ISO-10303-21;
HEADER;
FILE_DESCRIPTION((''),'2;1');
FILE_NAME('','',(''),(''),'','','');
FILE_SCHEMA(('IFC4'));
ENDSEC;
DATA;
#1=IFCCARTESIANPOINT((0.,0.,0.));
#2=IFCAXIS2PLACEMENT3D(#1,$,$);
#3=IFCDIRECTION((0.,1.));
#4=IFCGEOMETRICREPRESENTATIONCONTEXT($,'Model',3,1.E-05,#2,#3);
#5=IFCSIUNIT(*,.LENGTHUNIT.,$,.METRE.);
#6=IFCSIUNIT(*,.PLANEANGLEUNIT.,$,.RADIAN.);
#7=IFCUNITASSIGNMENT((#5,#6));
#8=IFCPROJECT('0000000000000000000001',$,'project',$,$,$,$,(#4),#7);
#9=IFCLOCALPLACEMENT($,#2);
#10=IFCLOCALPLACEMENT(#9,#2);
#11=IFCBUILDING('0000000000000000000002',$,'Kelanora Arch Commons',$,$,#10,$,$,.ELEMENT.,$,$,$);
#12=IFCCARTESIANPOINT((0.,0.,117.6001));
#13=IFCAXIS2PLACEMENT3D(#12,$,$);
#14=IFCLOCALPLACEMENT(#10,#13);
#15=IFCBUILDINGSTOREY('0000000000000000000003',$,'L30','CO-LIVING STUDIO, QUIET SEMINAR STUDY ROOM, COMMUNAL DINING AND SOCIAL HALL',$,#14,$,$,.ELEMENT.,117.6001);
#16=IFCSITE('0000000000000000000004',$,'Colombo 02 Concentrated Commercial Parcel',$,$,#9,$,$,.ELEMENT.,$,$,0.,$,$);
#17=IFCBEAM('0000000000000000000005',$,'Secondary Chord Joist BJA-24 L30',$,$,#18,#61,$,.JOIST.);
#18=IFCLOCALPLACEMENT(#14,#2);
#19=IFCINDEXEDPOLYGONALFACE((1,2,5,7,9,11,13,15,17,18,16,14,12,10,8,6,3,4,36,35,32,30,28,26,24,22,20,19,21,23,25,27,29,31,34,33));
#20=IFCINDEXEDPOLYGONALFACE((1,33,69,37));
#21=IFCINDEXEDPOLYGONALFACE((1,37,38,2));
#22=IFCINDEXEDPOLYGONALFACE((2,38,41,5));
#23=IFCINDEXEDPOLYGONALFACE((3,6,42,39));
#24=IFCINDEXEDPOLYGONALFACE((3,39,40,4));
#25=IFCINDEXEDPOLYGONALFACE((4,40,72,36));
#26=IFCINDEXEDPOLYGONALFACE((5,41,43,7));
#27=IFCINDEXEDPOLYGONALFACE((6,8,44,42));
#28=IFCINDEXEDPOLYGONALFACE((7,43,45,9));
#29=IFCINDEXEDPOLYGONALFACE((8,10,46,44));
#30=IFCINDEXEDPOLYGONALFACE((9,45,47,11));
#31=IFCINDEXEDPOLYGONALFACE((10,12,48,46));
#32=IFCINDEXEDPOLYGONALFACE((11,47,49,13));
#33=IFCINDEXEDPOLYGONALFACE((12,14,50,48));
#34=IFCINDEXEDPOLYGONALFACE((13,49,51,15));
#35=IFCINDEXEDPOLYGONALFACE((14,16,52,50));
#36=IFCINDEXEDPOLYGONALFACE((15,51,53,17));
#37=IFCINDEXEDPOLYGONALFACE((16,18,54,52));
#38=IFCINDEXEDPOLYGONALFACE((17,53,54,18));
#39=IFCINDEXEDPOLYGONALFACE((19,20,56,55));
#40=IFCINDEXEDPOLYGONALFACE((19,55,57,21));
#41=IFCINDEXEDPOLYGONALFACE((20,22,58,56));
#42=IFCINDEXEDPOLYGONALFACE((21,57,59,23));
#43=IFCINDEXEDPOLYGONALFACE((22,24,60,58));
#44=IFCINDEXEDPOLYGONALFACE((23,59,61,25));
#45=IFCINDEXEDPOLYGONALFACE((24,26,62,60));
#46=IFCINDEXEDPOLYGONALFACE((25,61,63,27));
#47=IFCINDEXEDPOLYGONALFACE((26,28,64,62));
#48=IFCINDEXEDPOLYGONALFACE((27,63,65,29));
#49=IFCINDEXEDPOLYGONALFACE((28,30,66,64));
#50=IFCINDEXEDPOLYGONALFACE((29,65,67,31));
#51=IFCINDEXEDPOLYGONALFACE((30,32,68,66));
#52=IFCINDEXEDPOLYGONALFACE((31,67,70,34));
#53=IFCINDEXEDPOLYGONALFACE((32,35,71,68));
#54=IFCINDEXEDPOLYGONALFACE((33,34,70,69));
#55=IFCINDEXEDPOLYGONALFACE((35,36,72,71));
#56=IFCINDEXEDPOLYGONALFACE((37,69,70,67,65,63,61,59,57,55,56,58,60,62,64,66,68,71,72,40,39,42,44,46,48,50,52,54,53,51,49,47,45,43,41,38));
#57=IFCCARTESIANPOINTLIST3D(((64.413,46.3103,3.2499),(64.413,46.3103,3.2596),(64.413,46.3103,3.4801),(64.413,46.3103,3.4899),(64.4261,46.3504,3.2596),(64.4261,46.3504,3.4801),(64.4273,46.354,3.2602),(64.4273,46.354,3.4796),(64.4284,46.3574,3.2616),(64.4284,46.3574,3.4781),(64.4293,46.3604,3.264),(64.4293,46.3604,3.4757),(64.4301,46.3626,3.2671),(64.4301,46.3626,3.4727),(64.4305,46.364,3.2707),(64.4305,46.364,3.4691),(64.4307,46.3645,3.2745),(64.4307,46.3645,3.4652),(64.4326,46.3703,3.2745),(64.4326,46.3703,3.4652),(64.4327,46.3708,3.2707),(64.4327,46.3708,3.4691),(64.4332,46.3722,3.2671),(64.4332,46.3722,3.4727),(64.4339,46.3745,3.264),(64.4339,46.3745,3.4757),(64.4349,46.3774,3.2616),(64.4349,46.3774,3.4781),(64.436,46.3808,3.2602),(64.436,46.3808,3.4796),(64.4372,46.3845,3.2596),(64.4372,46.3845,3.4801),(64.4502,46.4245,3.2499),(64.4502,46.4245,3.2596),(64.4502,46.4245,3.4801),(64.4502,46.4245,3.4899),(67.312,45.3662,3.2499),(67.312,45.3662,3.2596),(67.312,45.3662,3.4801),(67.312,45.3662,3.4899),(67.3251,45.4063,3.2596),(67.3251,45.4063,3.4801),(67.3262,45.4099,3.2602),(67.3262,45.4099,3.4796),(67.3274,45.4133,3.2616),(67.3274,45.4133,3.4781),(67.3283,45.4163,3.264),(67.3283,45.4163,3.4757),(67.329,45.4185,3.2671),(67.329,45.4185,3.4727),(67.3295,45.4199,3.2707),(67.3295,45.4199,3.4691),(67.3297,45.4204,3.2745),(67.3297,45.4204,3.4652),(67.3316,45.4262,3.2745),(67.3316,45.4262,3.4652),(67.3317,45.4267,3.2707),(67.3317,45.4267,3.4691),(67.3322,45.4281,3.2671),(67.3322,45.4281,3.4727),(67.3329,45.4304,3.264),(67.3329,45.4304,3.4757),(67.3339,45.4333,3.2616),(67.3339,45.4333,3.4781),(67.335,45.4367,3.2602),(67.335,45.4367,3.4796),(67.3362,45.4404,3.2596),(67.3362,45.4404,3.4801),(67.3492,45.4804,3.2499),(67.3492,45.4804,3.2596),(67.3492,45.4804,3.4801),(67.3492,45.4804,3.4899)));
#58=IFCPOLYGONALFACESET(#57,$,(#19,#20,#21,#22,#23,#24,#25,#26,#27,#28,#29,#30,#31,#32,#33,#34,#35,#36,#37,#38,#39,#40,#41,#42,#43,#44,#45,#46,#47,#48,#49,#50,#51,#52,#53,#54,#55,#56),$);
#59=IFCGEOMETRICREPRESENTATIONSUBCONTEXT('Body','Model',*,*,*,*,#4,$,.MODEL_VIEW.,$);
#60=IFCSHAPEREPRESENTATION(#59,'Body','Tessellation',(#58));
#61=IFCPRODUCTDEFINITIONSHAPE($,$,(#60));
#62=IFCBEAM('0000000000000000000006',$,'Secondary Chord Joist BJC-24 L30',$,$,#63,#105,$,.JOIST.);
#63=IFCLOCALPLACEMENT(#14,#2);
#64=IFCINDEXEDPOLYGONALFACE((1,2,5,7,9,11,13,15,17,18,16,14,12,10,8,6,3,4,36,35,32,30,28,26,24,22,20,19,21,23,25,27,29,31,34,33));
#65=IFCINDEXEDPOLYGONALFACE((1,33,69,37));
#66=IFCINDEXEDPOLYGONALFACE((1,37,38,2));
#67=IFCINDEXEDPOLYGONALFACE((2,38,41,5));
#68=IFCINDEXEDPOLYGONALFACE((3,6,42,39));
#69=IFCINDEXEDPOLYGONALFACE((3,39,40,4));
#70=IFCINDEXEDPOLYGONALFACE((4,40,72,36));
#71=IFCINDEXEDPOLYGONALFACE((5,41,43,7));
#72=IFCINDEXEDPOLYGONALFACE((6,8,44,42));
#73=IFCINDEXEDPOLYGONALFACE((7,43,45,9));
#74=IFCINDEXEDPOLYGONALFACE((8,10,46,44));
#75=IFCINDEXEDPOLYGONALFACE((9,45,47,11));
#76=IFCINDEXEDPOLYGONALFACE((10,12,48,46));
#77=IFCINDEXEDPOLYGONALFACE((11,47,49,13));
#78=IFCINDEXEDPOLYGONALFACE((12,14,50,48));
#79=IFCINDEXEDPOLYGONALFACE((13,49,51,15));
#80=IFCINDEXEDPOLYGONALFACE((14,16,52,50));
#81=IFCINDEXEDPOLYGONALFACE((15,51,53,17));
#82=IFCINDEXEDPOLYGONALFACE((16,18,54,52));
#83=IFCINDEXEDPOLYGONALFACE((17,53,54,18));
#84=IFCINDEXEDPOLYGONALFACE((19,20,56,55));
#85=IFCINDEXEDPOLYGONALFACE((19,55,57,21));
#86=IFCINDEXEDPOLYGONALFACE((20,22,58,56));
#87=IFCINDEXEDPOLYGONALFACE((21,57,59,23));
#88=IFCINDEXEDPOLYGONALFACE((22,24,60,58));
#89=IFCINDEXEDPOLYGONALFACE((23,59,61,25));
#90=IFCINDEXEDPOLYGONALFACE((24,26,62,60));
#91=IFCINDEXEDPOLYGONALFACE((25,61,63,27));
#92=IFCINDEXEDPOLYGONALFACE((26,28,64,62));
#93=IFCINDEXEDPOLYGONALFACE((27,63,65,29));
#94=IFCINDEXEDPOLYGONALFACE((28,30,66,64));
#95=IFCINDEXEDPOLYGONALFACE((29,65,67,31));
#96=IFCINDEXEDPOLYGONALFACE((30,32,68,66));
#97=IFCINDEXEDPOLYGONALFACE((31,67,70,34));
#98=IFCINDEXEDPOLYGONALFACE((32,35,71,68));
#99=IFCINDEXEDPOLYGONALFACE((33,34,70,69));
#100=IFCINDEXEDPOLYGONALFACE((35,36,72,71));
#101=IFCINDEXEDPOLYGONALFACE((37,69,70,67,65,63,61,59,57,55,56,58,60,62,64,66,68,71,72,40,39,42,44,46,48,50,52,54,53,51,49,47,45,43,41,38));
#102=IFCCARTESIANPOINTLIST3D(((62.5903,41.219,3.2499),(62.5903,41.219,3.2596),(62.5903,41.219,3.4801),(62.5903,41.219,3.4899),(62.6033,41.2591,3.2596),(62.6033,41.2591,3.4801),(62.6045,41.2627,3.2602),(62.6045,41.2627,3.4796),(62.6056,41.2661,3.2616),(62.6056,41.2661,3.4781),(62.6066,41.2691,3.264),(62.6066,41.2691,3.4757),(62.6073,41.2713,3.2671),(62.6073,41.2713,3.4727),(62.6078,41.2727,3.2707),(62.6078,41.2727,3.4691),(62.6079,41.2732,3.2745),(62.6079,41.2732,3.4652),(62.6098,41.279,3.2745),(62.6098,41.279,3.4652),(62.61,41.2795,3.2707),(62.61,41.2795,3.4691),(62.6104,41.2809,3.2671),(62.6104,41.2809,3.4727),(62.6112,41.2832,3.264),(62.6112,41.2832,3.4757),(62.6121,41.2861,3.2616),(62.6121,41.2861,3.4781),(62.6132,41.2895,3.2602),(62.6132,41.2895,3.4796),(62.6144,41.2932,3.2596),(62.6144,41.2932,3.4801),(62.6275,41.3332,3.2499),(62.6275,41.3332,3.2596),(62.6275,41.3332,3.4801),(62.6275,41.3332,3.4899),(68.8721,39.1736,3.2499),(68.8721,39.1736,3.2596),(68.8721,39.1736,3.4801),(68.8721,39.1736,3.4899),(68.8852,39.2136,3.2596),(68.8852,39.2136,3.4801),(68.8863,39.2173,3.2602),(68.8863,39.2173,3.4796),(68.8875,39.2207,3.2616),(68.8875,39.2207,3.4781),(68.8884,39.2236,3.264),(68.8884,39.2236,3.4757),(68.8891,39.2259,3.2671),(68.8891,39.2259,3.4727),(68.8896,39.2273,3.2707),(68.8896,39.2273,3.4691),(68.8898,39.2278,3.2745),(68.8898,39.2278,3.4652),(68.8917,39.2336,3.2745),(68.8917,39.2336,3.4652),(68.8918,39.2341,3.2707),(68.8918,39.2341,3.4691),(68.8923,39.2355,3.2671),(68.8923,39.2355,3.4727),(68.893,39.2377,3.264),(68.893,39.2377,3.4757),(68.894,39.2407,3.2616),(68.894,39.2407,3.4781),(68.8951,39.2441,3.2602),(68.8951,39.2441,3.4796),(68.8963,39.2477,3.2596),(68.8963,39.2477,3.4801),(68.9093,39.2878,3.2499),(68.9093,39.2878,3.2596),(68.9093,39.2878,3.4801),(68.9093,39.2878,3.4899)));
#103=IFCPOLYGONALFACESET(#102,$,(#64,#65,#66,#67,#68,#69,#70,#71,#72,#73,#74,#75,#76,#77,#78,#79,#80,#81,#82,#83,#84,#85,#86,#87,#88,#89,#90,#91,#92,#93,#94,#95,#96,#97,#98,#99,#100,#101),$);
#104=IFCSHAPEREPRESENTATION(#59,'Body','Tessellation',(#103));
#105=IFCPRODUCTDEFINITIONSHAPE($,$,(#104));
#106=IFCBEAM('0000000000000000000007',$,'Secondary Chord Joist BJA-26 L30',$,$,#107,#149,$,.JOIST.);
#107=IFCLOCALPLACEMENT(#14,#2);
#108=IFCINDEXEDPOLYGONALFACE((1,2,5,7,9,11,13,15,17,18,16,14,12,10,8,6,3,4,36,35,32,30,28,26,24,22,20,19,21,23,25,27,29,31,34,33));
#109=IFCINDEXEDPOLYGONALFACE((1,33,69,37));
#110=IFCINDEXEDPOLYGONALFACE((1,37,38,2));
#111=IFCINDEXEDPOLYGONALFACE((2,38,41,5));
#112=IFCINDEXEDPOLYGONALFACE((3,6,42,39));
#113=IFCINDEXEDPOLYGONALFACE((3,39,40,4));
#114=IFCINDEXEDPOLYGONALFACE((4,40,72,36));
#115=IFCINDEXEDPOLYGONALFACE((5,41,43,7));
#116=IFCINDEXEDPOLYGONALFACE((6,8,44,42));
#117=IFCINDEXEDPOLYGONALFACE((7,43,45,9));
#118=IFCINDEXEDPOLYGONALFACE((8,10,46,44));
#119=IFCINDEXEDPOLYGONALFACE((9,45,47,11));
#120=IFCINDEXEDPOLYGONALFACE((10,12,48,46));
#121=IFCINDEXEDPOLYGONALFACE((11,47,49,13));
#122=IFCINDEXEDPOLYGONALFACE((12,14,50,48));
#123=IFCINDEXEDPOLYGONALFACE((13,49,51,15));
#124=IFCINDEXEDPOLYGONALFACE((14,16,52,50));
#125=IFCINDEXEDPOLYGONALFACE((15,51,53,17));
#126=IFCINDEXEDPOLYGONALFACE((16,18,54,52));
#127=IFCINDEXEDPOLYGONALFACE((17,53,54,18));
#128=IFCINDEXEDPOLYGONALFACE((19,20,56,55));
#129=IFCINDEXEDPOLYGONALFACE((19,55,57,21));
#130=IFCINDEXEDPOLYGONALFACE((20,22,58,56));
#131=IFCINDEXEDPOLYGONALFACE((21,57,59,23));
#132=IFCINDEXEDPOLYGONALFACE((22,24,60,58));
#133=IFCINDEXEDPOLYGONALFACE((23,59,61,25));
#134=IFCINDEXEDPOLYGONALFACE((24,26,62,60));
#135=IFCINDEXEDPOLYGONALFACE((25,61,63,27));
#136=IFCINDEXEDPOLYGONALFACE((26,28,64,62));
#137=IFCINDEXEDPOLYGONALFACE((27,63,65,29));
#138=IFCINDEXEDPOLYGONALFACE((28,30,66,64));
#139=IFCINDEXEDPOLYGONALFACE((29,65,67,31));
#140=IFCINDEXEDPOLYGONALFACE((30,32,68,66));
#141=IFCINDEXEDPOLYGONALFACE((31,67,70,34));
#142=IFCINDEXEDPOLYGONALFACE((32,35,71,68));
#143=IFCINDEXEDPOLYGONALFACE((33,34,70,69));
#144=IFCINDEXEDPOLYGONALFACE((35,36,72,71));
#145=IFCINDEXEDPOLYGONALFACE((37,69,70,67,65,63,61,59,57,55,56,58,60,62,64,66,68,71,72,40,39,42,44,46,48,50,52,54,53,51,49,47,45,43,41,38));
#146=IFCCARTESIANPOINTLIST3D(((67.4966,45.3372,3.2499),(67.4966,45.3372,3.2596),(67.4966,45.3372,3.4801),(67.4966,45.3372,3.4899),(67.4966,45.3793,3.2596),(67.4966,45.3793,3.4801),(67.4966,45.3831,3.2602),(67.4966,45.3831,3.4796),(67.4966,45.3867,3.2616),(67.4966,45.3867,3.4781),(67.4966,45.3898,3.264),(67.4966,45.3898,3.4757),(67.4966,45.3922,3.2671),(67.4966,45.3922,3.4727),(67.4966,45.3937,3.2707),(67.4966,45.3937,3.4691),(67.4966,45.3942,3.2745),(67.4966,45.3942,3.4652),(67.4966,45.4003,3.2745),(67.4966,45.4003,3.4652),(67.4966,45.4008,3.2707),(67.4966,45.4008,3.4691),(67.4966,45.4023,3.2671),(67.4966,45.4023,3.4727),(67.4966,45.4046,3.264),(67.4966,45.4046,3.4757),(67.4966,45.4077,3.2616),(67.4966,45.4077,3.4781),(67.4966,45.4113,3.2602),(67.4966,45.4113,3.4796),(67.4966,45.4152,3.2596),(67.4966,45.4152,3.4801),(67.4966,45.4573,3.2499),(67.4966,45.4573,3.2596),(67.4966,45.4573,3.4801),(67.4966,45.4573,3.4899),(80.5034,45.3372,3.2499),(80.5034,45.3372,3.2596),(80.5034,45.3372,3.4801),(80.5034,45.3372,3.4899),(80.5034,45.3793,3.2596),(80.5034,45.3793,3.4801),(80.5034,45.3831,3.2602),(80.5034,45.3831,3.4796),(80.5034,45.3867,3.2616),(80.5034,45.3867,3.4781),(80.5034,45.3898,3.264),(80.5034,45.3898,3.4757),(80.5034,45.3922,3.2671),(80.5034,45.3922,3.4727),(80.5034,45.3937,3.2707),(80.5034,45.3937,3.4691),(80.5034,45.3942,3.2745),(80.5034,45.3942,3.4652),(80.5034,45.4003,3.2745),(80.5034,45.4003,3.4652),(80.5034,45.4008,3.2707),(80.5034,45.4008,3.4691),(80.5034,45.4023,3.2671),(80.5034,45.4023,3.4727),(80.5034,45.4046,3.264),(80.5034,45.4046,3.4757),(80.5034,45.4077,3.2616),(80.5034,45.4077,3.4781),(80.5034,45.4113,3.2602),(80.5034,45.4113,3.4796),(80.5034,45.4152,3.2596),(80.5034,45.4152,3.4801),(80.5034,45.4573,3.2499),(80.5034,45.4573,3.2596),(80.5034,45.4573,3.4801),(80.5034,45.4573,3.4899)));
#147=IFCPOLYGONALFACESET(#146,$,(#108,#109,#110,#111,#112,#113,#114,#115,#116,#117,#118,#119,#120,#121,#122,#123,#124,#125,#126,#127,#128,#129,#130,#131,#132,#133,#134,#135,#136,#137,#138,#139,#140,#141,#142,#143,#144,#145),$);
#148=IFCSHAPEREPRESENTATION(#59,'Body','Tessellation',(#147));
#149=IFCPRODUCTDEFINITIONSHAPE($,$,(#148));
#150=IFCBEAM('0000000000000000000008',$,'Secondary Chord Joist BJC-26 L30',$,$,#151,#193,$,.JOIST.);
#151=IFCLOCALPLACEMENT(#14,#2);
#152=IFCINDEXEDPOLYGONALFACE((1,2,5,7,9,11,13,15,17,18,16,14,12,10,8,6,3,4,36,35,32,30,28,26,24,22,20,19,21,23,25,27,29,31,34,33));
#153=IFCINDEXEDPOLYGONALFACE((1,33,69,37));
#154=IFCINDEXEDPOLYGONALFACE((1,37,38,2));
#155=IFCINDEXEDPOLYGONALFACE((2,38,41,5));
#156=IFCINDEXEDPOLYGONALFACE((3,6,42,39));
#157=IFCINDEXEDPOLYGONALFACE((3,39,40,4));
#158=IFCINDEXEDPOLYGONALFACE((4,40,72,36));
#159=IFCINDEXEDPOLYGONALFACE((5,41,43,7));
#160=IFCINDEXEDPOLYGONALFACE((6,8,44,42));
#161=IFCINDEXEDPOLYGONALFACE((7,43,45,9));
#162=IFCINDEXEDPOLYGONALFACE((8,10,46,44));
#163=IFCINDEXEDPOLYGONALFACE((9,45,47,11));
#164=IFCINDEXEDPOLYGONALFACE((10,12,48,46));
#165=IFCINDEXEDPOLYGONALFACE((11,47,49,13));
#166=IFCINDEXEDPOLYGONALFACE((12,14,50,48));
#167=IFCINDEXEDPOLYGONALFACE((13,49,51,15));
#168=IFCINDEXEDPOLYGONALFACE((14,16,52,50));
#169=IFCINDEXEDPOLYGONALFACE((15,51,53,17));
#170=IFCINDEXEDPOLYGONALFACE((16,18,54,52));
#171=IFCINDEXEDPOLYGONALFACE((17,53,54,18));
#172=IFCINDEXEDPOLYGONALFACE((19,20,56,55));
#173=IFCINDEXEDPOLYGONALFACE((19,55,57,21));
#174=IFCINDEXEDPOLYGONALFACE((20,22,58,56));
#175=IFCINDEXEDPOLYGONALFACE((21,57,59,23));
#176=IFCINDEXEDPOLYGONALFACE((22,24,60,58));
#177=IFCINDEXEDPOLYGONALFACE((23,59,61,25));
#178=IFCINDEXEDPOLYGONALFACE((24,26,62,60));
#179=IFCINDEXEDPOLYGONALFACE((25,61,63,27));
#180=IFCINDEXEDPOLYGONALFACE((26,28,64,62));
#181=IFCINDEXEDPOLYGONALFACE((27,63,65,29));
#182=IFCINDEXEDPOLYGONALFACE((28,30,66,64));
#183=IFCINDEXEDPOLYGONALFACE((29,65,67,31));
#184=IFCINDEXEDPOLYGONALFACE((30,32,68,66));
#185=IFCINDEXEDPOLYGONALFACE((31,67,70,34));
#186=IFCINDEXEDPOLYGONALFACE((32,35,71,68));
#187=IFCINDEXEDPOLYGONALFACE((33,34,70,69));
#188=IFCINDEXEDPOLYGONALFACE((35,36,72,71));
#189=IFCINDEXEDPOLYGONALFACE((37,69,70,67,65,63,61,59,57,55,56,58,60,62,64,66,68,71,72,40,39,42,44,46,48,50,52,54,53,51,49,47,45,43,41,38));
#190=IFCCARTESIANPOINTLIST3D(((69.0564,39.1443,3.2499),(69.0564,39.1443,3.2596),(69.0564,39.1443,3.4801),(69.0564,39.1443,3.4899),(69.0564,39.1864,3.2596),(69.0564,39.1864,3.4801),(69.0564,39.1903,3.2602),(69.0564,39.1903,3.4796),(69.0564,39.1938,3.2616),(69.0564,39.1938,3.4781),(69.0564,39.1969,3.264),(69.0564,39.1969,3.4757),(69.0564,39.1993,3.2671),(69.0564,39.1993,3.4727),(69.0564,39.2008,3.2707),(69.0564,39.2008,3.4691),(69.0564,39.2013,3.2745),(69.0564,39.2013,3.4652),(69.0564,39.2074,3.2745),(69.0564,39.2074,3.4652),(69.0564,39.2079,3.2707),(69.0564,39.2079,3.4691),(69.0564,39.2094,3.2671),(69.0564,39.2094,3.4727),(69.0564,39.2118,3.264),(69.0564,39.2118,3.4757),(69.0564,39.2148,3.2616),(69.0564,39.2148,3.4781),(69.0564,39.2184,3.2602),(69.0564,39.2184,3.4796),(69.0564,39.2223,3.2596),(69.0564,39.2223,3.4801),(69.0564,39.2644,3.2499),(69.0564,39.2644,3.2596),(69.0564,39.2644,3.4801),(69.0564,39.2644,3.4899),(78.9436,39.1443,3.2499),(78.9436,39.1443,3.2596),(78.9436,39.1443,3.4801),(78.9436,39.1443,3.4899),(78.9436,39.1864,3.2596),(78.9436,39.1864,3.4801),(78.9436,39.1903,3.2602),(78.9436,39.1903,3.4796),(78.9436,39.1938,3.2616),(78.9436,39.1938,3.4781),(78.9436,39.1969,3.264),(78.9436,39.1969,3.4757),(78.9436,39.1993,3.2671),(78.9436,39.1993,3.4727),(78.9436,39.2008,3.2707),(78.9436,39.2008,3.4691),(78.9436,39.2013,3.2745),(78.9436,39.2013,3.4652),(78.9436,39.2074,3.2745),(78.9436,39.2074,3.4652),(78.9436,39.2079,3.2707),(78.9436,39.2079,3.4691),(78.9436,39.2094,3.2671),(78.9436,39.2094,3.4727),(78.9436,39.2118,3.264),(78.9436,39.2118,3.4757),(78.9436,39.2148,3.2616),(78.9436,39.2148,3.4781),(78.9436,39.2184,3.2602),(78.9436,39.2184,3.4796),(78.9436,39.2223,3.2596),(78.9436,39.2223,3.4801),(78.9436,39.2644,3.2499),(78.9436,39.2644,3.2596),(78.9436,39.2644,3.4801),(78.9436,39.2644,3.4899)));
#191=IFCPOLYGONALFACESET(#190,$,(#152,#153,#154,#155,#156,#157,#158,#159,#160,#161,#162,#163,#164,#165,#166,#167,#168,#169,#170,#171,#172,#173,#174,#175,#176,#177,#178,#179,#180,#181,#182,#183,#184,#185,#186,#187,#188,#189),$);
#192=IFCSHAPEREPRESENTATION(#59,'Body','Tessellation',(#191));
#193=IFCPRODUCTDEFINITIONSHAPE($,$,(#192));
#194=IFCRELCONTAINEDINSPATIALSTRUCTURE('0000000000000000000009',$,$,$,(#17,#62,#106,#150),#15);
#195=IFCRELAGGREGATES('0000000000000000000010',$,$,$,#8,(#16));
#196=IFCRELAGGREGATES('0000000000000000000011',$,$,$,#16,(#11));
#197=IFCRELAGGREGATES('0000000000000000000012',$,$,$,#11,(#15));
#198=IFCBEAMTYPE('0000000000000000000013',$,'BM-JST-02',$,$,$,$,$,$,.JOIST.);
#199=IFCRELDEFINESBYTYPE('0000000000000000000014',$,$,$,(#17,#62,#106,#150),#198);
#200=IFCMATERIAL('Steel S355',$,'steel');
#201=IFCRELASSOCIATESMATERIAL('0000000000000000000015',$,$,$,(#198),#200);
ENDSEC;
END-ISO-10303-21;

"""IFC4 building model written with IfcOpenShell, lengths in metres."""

from ifc_helpers import new_model, si_unit, direction, frame, origin, origin_2d, place, context, subcontext, project, spatial, i_section, extrude, material, material_profile, profile_set, type_object, element, save


model = new_model("IFC4")

# Units and contexts
model_context = context("Model", 3, precision=1e-05, world=origin(), true_north=direction((0.0, 1.0)))
body_context = subcontext(model_context, "Body", "Model", "MODEL_VIEW")
ifc_project = project(units=[si_unit("LENGTHUNIT", "METRE"), si_unit("PLANEANGLEUNIT", "RADIAN")], contexts=[model_context])

# Site, building, storey
site_placement = place(None, origin())
site = spatial("IfcSite", under=ifc_project, at=site_placement, Name="Colombo 02 Concentrated Commercial Parcel", CompositionType="ELEMENT", RefElevation=0.0)
building_placement = place(site_placement, origin())
building = spatial("IfcBuilding", under=site, at=building_placement, Name="Kelanora Arch Commons", CompositionType="ELEMENT")
storey_placement = place(building_placement, frame((0.0, 0.0, 117.6001)))
storey = spatial("IfcBuildingStorey", under=building, at=storey_placement, Name="L30", Description="CO-LIVING STUDIO, QUIET SEMINAR STUDY ROOM, COMMUNAL DINING AND SOCIAL HALL", CompositionType="ELEMENT", Elevation=117.6001)

# Beams
ifc_material_1 = material(Name="Steel S355", Category="steel")
ifc_material_profile_1 = material_profile(ifc_material_1, i_section(OverallWidth=0.1201, OverallDepth=0.24, WebThickness=0.0061, FlangeThickness=0.0098, FilletRadius=0.0149, at=origin_2d()), Name="IPE240")
ifc_profile_set_1 = profile_set([ifc_material_profile_1], Name="Steel S355")
beam_type_1 = type_object("IfcBeamType", Name="BM-JST-02", PredefinedType="JOIST", material=ifc_profile_set_1)
beam_1_placement = place(storey_placement, frame((64.4316, 46.3674, 3.3699), z_axis=(0.950847, -0.309662, 0.0), x_axis=(0.309662, 0.950847, 0.0)))
element("IfcBeam", 1, at=beam_1_placement, inside=storey, type_object=beam_type_1, Name="Secondary Chord Joist BJA-24 L30", PredefinedType="JOIST", context=body_context, shape_type="SweptSolid", body=[
    extrude(i_section(OverallWidth=0.1201, OverallDepth=0.24, WebThickness=0.0061, FlangeThickness=0.0098, FilletRadius=0.0149, at=origin_2d()), origin(), (0.0, 0.0, 1.0), 3.0488),
])
beam_2_placement = place(storey_placement, frame((62.6089, 41.2761, 3.3699), z_axis=(0.950863, -0.309612, 0.0), x_axis=(0.309612, 0.950863, 0.0)))
element("IfcBeam", 2, at=beam_2_placement, inside=storey, type_object=beam_type_1, Name="Secondary Chord Joist BJC-24 L30", PredefinedType="JOIST", context=body_context, shape_type="SweptSolid", body=[
    extrude(i_section(OverallWidth=0.1201, OverallDepth=0.24, WebThickness=0.0061, FlangeThickness=0.0098, FilletRadius=0.0149, at=origin_2d()), origin(), (0.0, 0.0, 1.0), 6.6064),
])
beam_3_placement = place(storey_placement, frame((67.4966, 45.3972, 3.3699), z_axis=(1.0, 0.0, 0.0), x_axis=(0.0, 1.0, 0.0)))
element("IfcBeam", 3, at=beam_3_placement, inside=storey, type_object=beam_type_1, Name="Secondary Chord Joist BJA-26 L30", PredefinedType="JOIST", context=body_context, shape_type="SweptSolid", body=[
    extrude(i_section(OverallWidth=0.1201, OverallDepth=0.24, WebThickness=0.0061, FlangeThickness=0.0098, FilletRadius=0.0149, at=origin_2d()), origin(), (0.0, 0.0, 1.0), 13.0068),
])
beam_4_placement = place(storey_placement, frame((69.0564, 39.2043, 3.3699), z_axis=(1.0, 0.0, 0.0), x_axis=(0.0, 1.0, 0.0)))
element("IfcBeam", 4, at=beam_4_placement, inside=storey, type_object=beam_type_1, Name="Secondary Chord Joist BJC-26 L30", PredefinedType="JOIST", context=body_context, shape_type="SweptSolid", body=[
    extrude(i_section(OverallWidth=0.1201, OverallDepth=0.24, WebThickness=0.0061, FlangeThickness=0.0098, FilletRadius=0.0149, at=origin_2d()), origin(), (0.0, 0.0, 1.0), 9.8872),
])

save(model, "model.ifc")
